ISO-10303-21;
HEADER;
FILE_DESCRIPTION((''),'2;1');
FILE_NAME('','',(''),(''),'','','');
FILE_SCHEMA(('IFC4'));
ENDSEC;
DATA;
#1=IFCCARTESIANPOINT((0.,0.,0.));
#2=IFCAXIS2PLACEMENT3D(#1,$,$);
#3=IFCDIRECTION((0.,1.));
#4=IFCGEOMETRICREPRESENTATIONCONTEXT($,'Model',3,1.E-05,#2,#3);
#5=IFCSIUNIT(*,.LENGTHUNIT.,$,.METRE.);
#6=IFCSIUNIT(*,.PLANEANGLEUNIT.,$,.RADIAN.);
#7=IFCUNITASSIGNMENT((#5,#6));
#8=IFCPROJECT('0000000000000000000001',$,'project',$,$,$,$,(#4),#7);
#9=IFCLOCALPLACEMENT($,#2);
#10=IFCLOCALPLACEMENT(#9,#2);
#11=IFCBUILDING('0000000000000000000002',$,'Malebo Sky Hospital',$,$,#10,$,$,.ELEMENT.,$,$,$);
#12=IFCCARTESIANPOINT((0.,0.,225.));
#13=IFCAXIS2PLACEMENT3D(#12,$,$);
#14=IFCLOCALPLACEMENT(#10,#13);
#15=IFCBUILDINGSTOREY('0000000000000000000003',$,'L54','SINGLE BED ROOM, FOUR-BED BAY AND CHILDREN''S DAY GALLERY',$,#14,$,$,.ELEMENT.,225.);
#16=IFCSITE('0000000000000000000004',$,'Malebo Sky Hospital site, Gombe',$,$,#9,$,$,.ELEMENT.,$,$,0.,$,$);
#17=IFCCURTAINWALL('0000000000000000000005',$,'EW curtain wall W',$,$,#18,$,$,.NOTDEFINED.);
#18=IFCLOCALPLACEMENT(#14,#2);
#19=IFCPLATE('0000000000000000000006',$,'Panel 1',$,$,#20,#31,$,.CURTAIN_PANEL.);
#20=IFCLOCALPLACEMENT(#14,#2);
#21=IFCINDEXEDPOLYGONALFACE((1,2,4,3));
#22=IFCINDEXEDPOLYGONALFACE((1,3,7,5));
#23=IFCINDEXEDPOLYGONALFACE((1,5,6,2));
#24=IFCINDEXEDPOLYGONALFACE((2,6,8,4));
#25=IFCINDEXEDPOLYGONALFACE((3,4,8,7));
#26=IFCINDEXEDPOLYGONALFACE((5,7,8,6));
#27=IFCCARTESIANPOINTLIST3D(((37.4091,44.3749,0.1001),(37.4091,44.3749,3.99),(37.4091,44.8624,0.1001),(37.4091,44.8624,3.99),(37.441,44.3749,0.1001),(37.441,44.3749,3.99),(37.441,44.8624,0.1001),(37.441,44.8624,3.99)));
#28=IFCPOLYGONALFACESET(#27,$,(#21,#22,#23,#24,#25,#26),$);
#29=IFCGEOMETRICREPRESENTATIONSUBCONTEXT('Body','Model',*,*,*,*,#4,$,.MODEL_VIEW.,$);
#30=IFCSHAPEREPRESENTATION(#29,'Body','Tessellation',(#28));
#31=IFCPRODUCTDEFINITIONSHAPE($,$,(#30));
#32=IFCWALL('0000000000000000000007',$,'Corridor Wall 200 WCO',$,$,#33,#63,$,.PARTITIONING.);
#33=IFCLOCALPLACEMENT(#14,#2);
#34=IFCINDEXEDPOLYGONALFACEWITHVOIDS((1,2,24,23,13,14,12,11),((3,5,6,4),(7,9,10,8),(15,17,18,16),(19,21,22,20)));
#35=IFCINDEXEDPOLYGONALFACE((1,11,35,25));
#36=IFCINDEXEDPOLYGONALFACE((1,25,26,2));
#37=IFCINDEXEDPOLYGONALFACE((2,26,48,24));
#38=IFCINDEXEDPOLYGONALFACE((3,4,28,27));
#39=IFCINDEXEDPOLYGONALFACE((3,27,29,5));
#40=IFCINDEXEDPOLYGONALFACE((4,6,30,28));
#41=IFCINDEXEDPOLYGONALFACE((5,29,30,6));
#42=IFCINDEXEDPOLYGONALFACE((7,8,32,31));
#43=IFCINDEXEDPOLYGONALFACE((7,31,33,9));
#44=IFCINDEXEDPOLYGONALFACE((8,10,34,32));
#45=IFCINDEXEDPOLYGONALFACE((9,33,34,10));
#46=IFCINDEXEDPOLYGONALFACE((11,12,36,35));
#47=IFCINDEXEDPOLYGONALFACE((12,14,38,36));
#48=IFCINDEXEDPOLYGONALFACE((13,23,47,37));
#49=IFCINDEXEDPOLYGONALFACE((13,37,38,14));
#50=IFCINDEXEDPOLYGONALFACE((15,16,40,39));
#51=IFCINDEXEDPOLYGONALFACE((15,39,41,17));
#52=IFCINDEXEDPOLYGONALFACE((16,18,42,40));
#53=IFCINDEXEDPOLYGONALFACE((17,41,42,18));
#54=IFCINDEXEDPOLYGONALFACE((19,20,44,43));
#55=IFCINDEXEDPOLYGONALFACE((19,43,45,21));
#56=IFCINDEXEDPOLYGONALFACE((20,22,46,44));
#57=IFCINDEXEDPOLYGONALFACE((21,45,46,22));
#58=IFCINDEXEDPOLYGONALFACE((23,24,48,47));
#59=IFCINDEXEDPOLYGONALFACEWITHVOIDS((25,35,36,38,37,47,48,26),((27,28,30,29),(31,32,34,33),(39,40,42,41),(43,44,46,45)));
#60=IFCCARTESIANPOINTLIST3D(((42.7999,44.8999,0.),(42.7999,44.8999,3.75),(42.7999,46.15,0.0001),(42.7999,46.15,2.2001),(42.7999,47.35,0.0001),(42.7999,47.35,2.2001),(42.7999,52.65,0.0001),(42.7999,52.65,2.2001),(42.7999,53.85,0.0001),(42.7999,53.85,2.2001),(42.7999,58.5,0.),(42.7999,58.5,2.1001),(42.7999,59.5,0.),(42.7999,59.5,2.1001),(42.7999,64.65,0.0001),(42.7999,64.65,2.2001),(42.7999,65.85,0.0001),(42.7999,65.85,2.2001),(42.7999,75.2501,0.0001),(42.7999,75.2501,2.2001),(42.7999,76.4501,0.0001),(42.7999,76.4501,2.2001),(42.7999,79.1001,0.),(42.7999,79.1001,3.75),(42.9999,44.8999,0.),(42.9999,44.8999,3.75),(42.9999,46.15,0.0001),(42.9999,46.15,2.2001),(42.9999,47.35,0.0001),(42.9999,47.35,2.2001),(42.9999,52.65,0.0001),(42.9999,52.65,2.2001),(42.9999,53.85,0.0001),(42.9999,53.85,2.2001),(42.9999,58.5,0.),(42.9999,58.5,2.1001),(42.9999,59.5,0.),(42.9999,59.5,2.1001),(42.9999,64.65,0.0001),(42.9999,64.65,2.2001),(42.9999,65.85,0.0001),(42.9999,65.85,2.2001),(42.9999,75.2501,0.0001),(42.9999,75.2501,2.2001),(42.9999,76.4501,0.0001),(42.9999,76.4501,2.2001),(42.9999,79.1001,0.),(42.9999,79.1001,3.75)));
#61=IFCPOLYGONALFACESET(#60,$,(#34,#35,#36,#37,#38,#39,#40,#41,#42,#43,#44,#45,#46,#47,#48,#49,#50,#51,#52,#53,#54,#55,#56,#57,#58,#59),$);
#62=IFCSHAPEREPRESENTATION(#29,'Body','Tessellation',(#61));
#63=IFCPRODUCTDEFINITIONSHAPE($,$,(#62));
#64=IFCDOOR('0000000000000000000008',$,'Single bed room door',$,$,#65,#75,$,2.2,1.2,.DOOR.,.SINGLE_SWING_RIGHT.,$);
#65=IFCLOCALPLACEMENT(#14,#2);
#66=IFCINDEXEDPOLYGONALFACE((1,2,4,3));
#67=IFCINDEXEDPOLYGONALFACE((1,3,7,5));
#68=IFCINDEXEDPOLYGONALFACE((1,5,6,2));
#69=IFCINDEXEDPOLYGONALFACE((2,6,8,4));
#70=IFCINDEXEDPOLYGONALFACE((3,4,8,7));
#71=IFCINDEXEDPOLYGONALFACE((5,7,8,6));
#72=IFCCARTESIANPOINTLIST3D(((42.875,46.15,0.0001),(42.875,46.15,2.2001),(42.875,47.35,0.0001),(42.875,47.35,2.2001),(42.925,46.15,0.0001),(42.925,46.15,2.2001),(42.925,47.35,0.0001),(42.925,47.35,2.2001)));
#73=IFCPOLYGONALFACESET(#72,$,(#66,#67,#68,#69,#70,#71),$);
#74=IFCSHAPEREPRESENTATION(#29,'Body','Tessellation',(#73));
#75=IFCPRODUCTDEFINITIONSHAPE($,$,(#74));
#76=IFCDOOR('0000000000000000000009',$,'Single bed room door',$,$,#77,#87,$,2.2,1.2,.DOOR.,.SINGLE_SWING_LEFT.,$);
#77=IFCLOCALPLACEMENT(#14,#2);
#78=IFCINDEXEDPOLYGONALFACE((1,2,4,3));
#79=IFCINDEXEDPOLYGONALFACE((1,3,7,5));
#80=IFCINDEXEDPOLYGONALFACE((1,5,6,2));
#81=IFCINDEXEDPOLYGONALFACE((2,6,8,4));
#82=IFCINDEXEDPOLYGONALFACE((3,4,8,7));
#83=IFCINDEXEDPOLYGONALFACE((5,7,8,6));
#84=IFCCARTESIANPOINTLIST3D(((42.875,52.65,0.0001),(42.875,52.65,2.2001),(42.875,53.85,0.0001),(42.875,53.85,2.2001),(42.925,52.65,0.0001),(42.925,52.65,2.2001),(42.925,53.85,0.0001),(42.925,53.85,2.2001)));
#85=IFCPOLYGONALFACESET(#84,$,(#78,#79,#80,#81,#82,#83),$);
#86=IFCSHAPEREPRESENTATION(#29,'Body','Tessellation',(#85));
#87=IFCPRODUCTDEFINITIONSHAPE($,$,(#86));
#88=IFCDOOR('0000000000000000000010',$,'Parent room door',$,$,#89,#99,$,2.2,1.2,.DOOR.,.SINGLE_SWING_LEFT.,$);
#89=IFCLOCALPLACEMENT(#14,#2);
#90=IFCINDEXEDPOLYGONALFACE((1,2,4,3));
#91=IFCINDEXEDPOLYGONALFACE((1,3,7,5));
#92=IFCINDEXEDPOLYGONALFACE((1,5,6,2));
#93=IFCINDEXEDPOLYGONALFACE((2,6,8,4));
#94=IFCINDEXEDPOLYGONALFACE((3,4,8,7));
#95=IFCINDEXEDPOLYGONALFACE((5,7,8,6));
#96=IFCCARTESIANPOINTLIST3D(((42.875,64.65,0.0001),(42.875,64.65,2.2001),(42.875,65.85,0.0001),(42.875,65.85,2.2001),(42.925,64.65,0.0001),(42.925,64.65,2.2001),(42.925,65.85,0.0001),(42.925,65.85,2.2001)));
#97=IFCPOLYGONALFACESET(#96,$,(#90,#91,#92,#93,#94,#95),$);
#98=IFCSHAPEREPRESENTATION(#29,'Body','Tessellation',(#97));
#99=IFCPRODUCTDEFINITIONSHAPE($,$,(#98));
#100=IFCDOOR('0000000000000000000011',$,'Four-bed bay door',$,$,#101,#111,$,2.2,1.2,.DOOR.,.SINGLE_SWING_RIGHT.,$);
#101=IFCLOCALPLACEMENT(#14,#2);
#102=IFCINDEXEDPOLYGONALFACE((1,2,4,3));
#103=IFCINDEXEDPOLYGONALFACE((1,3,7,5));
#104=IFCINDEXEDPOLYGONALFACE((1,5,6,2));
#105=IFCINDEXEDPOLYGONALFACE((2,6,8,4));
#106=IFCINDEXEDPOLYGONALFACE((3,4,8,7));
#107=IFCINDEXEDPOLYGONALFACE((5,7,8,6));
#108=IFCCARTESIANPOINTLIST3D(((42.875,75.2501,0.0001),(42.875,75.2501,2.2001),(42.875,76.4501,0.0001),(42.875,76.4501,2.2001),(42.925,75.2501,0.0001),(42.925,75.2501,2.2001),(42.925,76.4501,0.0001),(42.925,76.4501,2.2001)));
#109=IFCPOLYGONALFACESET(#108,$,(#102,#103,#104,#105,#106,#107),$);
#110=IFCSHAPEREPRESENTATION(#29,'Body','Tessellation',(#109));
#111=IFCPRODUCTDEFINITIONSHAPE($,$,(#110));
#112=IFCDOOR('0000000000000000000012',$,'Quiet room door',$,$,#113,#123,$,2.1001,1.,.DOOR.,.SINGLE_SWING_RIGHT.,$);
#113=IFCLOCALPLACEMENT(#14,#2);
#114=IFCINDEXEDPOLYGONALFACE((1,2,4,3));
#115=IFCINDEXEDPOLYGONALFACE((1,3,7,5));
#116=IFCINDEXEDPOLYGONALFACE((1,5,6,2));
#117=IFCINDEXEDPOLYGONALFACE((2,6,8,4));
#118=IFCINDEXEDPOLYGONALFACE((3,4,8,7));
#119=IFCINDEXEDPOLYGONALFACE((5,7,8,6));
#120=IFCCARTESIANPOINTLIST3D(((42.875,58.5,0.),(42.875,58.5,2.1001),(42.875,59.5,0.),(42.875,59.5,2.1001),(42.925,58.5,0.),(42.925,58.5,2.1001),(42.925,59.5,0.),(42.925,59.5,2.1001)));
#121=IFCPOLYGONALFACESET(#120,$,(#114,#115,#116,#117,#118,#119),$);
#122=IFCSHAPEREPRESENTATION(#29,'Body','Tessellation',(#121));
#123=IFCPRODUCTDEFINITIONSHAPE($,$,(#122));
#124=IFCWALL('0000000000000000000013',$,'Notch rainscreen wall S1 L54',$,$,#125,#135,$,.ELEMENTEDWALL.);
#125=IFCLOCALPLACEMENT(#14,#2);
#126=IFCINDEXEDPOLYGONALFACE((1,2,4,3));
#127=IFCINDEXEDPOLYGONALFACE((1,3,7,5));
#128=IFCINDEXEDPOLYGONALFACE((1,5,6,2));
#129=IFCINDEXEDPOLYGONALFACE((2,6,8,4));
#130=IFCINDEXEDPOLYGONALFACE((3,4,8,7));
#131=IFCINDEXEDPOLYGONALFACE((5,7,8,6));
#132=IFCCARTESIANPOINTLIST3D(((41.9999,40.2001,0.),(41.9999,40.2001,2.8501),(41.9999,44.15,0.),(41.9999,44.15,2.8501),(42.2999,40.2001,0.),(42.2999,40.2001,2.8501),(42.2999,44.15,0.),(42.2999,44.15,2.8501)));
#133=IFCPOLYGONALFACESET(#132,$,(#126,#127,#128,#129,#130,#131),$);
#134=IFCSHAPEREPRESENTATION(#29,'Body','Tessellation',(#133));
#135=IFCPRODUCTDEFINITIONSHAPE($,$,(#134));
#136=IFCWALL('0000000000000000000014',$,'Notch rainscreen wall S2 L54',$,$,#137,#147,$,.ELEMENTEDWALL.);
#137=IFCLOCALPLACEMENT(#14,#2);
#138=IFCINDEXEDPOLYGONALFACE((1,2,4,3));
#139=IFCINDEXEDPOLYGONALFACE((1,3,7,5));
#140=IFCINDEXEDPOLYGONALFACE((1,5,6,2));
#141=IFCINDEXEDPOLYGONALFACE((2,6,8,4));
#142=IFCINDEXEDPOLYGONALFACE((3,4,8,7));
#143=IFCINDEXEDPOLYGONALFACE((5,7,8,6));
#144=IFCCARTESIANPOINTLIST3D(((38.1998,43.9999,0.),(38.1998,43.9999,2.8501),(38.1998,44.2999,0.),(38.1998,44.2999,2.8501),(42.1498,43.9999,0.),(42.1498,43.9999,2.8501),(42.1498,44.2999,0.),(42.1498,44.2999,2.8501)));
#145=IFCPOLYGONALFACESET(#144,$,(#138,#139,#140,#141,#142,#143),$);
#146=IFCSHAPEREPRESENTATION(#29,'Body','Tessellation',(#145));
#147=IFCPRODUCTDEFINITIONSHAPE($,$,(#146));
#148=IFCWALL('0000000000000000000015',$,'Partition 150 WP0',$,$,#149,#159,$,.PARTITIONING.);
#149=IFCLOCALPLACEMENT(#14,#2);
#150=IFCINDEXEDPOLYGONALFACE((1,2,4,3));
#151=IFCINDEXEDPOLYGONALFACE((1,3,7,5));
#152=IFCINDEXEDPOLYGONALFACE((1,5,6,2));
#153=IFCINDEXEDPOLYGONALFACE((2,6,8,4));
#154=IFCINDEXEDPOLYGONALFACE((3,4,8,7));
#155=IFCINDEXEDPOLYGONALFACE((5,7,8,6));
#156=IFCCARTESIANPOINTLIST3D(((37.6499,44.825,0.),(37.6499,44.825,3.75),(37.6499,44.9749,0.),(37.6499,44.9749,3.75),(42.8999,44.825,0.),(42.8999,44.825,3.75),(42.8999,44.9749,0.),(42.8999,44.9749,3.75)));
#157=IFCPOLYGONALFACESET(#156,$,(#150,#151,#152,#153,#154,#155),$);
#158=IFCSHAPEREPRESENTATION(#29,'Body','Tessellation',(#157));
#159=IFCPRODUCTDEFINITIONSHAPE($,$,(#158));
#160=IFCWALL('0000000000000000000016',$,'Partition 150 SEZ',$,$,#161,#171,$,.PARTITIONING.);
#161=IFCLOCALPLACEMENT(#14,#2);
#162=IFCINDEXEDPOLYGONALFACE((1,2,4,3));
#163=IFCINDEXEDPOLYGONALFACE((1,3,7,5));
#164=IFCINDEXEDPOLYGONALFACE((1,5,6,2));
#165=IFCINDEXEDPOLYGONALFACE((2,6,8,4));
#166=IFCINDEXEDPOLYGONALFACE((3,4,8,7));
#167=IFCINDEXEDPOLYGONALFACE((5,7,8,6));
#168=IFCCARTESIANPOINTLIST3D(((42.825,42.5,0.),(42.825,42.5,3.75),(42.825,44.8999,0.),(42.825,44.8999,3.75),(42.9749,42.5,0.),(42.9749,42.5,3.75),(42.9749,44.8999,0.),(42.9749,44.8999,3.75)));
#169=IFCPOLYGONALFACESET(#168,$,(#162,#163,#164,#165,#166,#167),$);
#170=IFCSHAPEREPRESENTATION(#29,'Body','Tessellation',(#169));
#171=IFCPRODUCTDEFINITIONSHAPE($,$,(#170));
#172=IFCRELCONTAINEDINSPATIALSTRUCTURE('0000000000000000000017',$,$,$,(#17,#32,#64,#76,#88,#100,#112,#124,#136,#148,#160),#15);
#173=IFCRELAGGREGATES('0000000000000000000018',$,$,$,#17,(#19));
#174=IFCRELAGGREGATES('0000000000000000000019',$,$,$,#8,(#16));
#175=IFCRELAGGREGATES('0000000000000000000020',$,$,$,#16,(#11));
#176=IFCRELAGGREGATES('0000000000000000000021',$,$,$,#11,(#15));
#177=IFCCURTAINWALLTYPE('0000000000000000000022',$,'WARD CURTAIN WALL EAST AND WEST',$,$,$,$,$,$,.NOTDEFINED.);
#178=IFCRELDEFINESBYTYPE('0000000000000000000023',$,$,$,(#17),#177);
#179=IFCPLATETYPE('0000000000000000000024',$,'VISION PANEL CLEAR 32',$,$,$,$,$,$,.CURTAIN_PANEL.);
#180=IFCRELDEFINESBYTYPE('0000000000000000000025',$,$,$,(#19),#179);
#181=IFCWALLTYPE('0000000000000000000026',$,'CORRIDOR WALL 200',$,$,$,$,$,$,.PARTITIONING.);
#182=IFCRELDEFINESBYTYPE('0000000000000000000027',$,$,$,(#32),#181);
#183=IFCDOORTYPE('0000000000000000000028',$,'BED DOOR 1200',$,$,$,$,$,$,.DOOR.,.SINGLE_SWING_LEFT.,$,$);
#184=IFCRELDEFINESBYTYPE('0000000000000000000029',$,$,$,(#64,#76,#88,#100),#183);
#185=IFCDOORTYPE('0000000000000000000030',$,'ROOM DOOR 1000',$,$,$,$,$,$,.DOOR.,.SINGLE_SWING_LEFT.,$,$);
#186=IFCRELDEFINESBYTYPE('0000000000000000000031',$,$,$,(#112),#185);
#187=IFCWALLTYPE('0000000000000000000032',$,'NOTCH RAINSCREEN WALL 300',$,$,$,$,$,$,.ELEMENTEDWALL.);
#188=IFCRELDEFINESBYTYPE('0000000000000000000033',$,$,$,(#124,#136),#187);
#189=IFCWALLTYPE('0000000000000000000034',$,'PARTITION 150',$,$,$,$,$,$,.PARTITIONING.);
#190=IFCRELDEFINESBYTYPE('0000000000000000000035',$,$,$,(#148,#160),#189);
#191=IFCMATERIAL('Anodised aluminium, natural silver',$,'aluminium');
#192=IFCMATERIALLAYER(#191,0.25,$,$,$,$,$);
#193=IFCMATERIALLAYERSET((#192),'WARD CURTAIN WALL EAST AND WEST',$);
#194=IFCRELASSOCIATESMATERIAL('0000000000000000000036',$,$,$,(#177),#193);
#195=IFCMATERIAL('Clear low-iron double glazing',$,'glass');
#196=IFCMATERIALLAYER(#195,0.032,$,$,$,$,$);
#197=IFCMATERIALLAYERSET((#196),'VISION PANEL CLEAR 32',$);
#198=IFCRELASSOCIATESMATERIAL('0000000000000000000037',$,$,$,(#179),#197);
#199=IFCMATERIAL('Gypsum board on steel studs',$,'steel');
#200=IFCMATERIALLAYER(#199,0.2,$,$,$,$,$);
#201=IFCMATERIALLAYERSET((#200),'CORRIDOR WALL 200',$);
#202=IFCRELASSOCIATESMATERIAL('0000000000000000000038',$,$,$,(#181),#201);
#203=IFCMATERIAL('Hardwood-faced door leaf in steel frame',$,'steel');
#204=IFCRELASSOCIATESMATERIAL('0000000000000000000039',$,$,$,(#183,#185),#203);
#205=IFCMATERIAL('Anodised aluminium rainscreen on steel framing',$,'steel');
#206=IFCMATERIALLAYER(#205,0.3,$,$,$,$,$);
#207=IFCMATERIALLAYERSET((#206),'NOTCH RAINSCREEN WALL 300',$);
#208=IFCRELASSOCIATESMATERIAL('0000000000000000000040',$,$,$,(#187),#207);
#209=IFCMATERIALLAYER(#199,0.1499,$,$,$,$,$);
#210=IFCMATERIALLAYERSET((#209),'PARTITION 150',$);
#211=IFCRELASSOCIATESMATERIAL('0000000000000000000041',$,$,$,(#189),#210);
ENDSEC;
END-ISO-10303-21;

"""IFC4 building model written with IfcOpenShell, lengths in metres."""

from ifc_helpers import new_model, si_unit, direction, frame, frame_2d, origin, origin_2d, place, context, subcontext, project, spatial, rectangle, extrude, material, layer, layer_set, type_object, element, fill, aggregate, save


model = new_model("IFC4")

# Units and contexts
model_context = context("Model", 3, precision=1e-05, world=origin(), true_north=direction((0.0, 1.0)))
body_context = subcontext(model_context, "Body", "Model", "MODEL_VIEW")
ifc_project = project(units=[si_unit("LENGTHUNIT", "METRE"), si_unit("PLANEANGLEUNIT", "RADIAN")], contexts=[model_context])

# Site, building, storey
site_placement = place(None, origin())
site = spatial("IfcSite", under=ifc_project, at=site_placement, Name="Malebo Sky Hospital site, Gombe", CompositionType="ELEMENT", RefElevation=0.0)
building_placement = place(site_placement, origin())
building = spatial("IfcBuilding", under=site, at=building_placement, Name="Malebo Sky Hospital", CompositionType="ELEMENT")
storey_placement = place(building_placement, frame((0.0, 0.0, 225.0)))
storey = spatial("IfcBuildingStorey", under=building, at=storey_placement, Name="L54", Description="SINGLE BED ROOM, FOUR-BED BAY AND CHILDREN'S DAY GALLERY", CompositionType="ELEMENT", Elevation=225.0)

# Curtain wall
ifc_material_1 = material(Name="Anodised aluminium, natural silver", Category="aluminium")
ifc_layer_1 = layer(ifc_material_1, 0.25)
ifc_layer_set_1 = layer_set([ifc_layer_1], Name="WARD CURTAIN WALL EAST AND WEST")
curtain_wall_type_1 = type_object("IfcCurtainWallType", Name="WARD CURTAIN WALL EAST AND WEST", PredefinedType="NOTDEFINED", material=ifc_layer_set_1)
curtain_wall_1_placement = place(storey_placement, origin())
curtain_wall_1 = element("IfcCurtainWall", 1, at=curtain_wall_1_placement, inside=storey, type_object=curtain_wall_type_1, Name="EW curtain wall W", PredefinedType="NOTDEFINED")

# Plate
ifc_material_2 = material(Name="Clear low-iron double glazing", Category="glass")
ifc_layer_2 = layer(ifc_material_2, 0.032)
ifc_layer_set_2 = layer_set([ifc_layer_2], Name="VISION PANEL CLEAR 32")
plate_type = type_object("IfcPlateType", Name="VISION PANEL CLEAR 32", PredefinedType="CURTAIN_PANEL", material=ifc_layer_set_2)
plate_placement = place(storey_placement, frame((37.425, 44.6187, 0.1001), z_axis=(0.0, 0.0, 1.0), x_axis=(0.0, 1.0, 0.0)))
plate = element("IfcPlate", 2, at=plate_placement, type_object=plate_type, Name="Panel 1", PredefinedType="CURTAIN_PANEL", context=body_context, shape_type="SweptSolid", body=[
    extrude(rectangle(XDim=0.4875, YDim=0.032, at=origin_2d()), origin(), (0.0, 0.0, 1.0), 3.8899),
])
aggregate(curtain_wall_1, [plate])

# Wall, openings, doors
ifc_material_3 = material(Name="Gypsum board on steel studs", Category="steel")
ifc_layer_3 = layer(ifc_material_3, 0.2)
ifc_layer_set_3 = layer_set([ifc_layer_3], Name="CORRIDOR WALL 200")
wall_type_1 = type_object("IfcWallType", Name="CORRIDOR WALL 200", PredefinedType="PARTITIONING", material=ifc_layer_set_3)
wall_1_placement = place(storey_placement, frame((42.8999, 44.8999, 0.0), z_axis=(0.0, 0.0, 1.0), x_axis=(0.0, 1.0, 0.0)))
wall_1 = element("IfcWall", 3, at=wall_1_placement, inside=storey, type_object=wall_type_1, Name="Corridor Wall 200 WCO", PredefinedType="PARTITIONING", context=body_context, shape_type="SweptSolid", body=[
    extrude(rectangle(XDim=34.2002, YDim=0.2, at=frame_2d((17.1001, 0.0))), origin(), (0.0, 0.0, 1.0), 3.75),
])
opening_1_placement = place(wall_1_placement, frame((1.25, 0.0, 0.0)))
opening_1 = element("IfcOpeningElement", 4, at=opening_1_placement, cuts=wall_1, PredefinedType="OPENING", context=body_context, shape_type="SweptSolid", body=[
    extrude(rectangle(XDim=1.2, YDim=2.2, at=frame_2d((0.6001, 1.1001))), frame((0.0, 0.1099, 0.0), z_axis=(0.0, -1.0, 0.0), x_axis=(1.0, 0.0, 0.0)), (0.0, 0.0, 1.0), 0.22),
])
opening_2_placement = place(wall_1_placement, frame((7.75, 0.0, 0.0)))
opening_2 = element("IfcOpeningElement", 5, at=opening_2_placement, cuts=wall_1, PredefinedType="OPENING", context=body_context, shape_type="SweptSolid", body=[
    extrude(rectangle(XDim=1.2, YDim=2.2, at=frame_2d((0.6001, 1.1001))), frame((0.0, 0.1099, 0.0), z_axis=(0.0, -1.0, 0.0), x_axis=(1.0, 0.0, 0.0)), (0.0, 0.0, 1.0), 0.22),
])
opening_3_placement = place(wall_1_placement, frame((13.6001, 0.0, 0.0)))
opening_3 = element("IfcOpeningElement", 6, at=opening_3_placement, cuts=wall_1, PredefinedType="OPENING", context=body_context, shape_type="SweptSolid", body=[
    extrude(rectangle(XDim=1.0, YDim=2.1001, at=frame_2d((0.5, 1.05))), frame((0.0, 0.1099, 0.0), z_axis=(0.0, -1.0, 0.0), x_axis=(1.0, 0.0, 0.0)), (0.0, 0.0, 1.0), 0.22),
])
opening_4_placement = place(wall_1_placement, frame((19.75, 0.0, 0.0)))
opening_4 = element("IfcOpeningElement", 7, at=opening_4_placement, cuts=wall_1, PredefinedType="OPENING", context=body_context, shape_type="SweptSolid", body=[
    extrude(rectangle(XDim=1.2, YDim=2.2, at=frame_2d((0.6001, 1.1001))), frame((0.0, 0.1099, 0.0), z_axis=(0.0, -1.0, 0.0), x_axis=(1.0, 0.0, 0.0)), (0.0, 0.0, 1.0), 0.22),
])
opening_5_placement = place(wall_1_placement, frame((30.3501, 0.0, 0.0)))
opening_5 = element("IfcOpeningElement", 8, at=opening_5_placement, cuts=wall_1, PredefinedType="OPENING", context=body_context, shape_type="SweptSolid", body=[
    extrude(rectangle(XDim=1.2, YDim=2.2, at=frame_2d((0.6001, 1.1001))), frame((0.0, 0.1099, 0.0), z_axis=(0.0, -1.0, 0.0), x_axis=(1.0, 0.0, 0.0)), (0.0, 0.0, 1.0), 0.22),
])
ifc_material_4 = material(Name="Hardwood-faced door leaf in steel frame", Category="steel")
door_type_1 = type_object("IfcDoorType", Name="BED DOOR 1200", OperationType="SINGLE_SWING_LEFT", PredefinedType="DOOR", material=ifc_material_4)
door_1_placement = place(opening_1_placement, origin())
door_1 = element("IfcDoor", 9, at=door_1_placement, inside=storey, type_object=door_type_1, Name="Single bed room door", OperationType="SINGLE_SWING_RIGHT", OverallHeight=2.2, OverallWidth=1.2, PredefinedType="DOOR", context=body_context, shape_type="SweptSolid", body=[
    extrude(rectangle(XDim=1.2, YDim=2.2, at=frame_2d((0.6001, 1.1001))), frame((0.0, 0.0249, 0.0), z_axis=(0.0, -1.0, 0.0), x_axis=(1.0, 0.0, 0.0)), (0.0, 0.0, 1.0), 0.05),
])
fill(opening_1, door_1)
door_2_placement = place(opening_2_placement, origin())
door_2 = element("IfcDoor", 10, at=door_2_placement, inside=storey, type_object=door_type_1, Name="Single bed room door", OperationType="SINGLE_SWING_LEFT", OverallHeight=2.2, OverallWidth=1.2, PredefinedType="DOOR", context=body_context, shape_type="SweptSolid", body=[
    extrude(rectangle(XDim=1.2, YDim=2.2, at=frame_2d((0.6001, 1.1001))), frame((0.0, 0.0249, 0.0), z_axis=(0.0, -1.0, 0.0), x_axis=(1.0, 0.0, 0.0)), (0.0, 0.0, 1.0), 0.05),
])
fill(opening_2, door_2)
door_3_placement = place(opening_4_placement, origin())
door_3 = element("IfcDoor", 11, at=door_3_placement, inside=storey, type_object=door_type_1, Name="Parent room door", OperationType="SINGLE_SWING_LEFT", OverallHeight=2.2, OverallWidth=1.2, PredefinedType="DOOR", context=body_context, shape_type="SweptSolid", body=[
    extrude(rectangle(XDim=1.2, YDim=2.2, at=frame_2d((0.6001, 1.1001))), frame((0.0, 0.0249, 0.0), z_axis=(0.0, -1.0, 0.0), x_axis=(1.0, 0.0, 0.0)), (0.0, 0.0, 1.0), 0.05),
])
fill(opening_4, door_3)
door_4_placement = place(opening_5_placement, origin())
door_4 = element("IfcDoor", 12, at=door_4_placement, inside=storey, type_object=door_type_1, Name="Four-bed bay door", OperationType="SINGLE_SWING_RIGHT", OverallHeight=2.2, OverallWidth=1.2, PredefinedType="DOOR", context=body_context, shape_type="SweptSolid", body=[
    extrude(rectangle(XDim=1.2, YDim=2.2, at=frame_2d((0.6001, 1.1001))), frame((0.0, 0.0249, 0.0), z_axis=(0.0, -1.0, 0.0), x_axis=(1.0, 0.0, 0.0)), (0.0, 0.0, 1.0), 0.05),
])
fill(opening_5, door_4)
door_type_2 = type_object("IfcDoorType", Name="ROOM DOOR 1000", OperationType="SINGLE_SWING_LEFT", PredefinedType="DOOR", material=ifc_material_4)
door_5_placement = place(opening_3_placement, origin())
door_5 = element("IfcDoor", 13, at=door_5_placement, inside=storey, type_object=door_type_2, Name="Quiet room door", OperationType="SINGLE_SWING_RIGHT", OverallHeight=2.1001, OverallWidth=1.0, PredefinedType="DOOR", context=body_context, shape_type="SweptSolid", body=[
    extrude(rectangle(XDim=1.0, YDim=2.1001, at=frame_2d((0.5, 1.05))), frame((0.0, 0.0249, 0.0), z_axis=(0.0, -1.0, 0.0), x_axis=(1.0, 0.0, 0.0)), (0.0, 0.0, 1.0), 0.05),
])
fill(opening_3, door_5)

# Walls
ifc_material_5 = material(Name="Anodised aluminium rainscreen on steel framing", Category="steel")
ifc_layer_4 = layer(ifc_material_5, 0.3)
ifc_layer_set_4 = layer_set([ifc_layer_4], Name="NOTCH RAINSCREEN WALL 300")
wall_type_2 = type_object("IfcWallType", Name="NOTCH RAINSCREEN WALL 300", PredefinedType="ELEMENTEDWALL", material=ifc_layer_set_4)
for number, where, z_axis, x_axis, name in (
    (14, (42.1499, 40.2, 0.0), (0.0, 0.0, 1.0), (0.0, 1.0, 0.0), "Notch rainscreen wall S1 L54"),
    (15, (42.1499, 44.1499, 0.0), (0.0, 0.0, 1.0), (-1.0, 0.0, 0.0), "Notch rainscreen wall S2 L54"),
):
    element("IfcWall", number, at=place(storey_placement, frame(where, z_axis=z_axis, x_axis=x_axis)), inside=storey, type_object=wall_type_2, Name=name, PredefinedType="ELEMENTEDWALL", context=body_context, shape_type="SweptSolid", body=[
        extrude(rectangle(XDim=3.95, YDim=0.3, at=frame_2d((1.9751, 0.0))), origin(), (0.0, 0.0, 1.0), 2.8501),
    ])
ifc_layer_5 = layer(ifc_material_3, 0.1499)
ifc_layer_set_5 = layer_set([ifc_layer_5], Name="PARTITION 150")
wall_type_3 = type_object("IfcWallType", Name="PARTITION 150", PredefinedType="PARTITIONING", material=ifc_layer_set_5)
wall_2_placement = place(storey_placement, frame((42.8999, 44.8999, 0.0), z_axis=(0.0, 0.0, 1.0), x_axis=(-1.0, 0.0, 0.0)))
element("IfcWall", 16, at=wall_2_placement, inside=storey, type_object=wall_type_3, Name="Partition 150 WP0", PredefinedType="PARTITIONING", context=body_context, shape_type="SweptSolid", body=[
    extrude(rectangle(XDim=5.25, YDim=0.1499, at=frame_2d((2.625, 0.0))), origin(), (0.0, 0.0, 1.0), 3.75),
])
wall_3_placement = place(storey_placement, frame((42.8999, 44.8999, 0.0), z_axis=(0.0, 0.0, 1.0), x_axis=(0.0, -1.0, 0.0)))
element("IfcWall", 17, at=wall_3_placement, inside=storey, type_object=wall_type_3, Name="Partition 150 SEZ", PredefinedType="PARTITIONING", context=body_context, shape_type="SweptSolid", body=[
    extrude(rectangle(XDim=2.3999, YDim=0.1499, at=frame_2d((1.2, 0.0))), origin(), (0.0, 0.0, 1.0), 3.75),
])

save(model, "model.ifc")
